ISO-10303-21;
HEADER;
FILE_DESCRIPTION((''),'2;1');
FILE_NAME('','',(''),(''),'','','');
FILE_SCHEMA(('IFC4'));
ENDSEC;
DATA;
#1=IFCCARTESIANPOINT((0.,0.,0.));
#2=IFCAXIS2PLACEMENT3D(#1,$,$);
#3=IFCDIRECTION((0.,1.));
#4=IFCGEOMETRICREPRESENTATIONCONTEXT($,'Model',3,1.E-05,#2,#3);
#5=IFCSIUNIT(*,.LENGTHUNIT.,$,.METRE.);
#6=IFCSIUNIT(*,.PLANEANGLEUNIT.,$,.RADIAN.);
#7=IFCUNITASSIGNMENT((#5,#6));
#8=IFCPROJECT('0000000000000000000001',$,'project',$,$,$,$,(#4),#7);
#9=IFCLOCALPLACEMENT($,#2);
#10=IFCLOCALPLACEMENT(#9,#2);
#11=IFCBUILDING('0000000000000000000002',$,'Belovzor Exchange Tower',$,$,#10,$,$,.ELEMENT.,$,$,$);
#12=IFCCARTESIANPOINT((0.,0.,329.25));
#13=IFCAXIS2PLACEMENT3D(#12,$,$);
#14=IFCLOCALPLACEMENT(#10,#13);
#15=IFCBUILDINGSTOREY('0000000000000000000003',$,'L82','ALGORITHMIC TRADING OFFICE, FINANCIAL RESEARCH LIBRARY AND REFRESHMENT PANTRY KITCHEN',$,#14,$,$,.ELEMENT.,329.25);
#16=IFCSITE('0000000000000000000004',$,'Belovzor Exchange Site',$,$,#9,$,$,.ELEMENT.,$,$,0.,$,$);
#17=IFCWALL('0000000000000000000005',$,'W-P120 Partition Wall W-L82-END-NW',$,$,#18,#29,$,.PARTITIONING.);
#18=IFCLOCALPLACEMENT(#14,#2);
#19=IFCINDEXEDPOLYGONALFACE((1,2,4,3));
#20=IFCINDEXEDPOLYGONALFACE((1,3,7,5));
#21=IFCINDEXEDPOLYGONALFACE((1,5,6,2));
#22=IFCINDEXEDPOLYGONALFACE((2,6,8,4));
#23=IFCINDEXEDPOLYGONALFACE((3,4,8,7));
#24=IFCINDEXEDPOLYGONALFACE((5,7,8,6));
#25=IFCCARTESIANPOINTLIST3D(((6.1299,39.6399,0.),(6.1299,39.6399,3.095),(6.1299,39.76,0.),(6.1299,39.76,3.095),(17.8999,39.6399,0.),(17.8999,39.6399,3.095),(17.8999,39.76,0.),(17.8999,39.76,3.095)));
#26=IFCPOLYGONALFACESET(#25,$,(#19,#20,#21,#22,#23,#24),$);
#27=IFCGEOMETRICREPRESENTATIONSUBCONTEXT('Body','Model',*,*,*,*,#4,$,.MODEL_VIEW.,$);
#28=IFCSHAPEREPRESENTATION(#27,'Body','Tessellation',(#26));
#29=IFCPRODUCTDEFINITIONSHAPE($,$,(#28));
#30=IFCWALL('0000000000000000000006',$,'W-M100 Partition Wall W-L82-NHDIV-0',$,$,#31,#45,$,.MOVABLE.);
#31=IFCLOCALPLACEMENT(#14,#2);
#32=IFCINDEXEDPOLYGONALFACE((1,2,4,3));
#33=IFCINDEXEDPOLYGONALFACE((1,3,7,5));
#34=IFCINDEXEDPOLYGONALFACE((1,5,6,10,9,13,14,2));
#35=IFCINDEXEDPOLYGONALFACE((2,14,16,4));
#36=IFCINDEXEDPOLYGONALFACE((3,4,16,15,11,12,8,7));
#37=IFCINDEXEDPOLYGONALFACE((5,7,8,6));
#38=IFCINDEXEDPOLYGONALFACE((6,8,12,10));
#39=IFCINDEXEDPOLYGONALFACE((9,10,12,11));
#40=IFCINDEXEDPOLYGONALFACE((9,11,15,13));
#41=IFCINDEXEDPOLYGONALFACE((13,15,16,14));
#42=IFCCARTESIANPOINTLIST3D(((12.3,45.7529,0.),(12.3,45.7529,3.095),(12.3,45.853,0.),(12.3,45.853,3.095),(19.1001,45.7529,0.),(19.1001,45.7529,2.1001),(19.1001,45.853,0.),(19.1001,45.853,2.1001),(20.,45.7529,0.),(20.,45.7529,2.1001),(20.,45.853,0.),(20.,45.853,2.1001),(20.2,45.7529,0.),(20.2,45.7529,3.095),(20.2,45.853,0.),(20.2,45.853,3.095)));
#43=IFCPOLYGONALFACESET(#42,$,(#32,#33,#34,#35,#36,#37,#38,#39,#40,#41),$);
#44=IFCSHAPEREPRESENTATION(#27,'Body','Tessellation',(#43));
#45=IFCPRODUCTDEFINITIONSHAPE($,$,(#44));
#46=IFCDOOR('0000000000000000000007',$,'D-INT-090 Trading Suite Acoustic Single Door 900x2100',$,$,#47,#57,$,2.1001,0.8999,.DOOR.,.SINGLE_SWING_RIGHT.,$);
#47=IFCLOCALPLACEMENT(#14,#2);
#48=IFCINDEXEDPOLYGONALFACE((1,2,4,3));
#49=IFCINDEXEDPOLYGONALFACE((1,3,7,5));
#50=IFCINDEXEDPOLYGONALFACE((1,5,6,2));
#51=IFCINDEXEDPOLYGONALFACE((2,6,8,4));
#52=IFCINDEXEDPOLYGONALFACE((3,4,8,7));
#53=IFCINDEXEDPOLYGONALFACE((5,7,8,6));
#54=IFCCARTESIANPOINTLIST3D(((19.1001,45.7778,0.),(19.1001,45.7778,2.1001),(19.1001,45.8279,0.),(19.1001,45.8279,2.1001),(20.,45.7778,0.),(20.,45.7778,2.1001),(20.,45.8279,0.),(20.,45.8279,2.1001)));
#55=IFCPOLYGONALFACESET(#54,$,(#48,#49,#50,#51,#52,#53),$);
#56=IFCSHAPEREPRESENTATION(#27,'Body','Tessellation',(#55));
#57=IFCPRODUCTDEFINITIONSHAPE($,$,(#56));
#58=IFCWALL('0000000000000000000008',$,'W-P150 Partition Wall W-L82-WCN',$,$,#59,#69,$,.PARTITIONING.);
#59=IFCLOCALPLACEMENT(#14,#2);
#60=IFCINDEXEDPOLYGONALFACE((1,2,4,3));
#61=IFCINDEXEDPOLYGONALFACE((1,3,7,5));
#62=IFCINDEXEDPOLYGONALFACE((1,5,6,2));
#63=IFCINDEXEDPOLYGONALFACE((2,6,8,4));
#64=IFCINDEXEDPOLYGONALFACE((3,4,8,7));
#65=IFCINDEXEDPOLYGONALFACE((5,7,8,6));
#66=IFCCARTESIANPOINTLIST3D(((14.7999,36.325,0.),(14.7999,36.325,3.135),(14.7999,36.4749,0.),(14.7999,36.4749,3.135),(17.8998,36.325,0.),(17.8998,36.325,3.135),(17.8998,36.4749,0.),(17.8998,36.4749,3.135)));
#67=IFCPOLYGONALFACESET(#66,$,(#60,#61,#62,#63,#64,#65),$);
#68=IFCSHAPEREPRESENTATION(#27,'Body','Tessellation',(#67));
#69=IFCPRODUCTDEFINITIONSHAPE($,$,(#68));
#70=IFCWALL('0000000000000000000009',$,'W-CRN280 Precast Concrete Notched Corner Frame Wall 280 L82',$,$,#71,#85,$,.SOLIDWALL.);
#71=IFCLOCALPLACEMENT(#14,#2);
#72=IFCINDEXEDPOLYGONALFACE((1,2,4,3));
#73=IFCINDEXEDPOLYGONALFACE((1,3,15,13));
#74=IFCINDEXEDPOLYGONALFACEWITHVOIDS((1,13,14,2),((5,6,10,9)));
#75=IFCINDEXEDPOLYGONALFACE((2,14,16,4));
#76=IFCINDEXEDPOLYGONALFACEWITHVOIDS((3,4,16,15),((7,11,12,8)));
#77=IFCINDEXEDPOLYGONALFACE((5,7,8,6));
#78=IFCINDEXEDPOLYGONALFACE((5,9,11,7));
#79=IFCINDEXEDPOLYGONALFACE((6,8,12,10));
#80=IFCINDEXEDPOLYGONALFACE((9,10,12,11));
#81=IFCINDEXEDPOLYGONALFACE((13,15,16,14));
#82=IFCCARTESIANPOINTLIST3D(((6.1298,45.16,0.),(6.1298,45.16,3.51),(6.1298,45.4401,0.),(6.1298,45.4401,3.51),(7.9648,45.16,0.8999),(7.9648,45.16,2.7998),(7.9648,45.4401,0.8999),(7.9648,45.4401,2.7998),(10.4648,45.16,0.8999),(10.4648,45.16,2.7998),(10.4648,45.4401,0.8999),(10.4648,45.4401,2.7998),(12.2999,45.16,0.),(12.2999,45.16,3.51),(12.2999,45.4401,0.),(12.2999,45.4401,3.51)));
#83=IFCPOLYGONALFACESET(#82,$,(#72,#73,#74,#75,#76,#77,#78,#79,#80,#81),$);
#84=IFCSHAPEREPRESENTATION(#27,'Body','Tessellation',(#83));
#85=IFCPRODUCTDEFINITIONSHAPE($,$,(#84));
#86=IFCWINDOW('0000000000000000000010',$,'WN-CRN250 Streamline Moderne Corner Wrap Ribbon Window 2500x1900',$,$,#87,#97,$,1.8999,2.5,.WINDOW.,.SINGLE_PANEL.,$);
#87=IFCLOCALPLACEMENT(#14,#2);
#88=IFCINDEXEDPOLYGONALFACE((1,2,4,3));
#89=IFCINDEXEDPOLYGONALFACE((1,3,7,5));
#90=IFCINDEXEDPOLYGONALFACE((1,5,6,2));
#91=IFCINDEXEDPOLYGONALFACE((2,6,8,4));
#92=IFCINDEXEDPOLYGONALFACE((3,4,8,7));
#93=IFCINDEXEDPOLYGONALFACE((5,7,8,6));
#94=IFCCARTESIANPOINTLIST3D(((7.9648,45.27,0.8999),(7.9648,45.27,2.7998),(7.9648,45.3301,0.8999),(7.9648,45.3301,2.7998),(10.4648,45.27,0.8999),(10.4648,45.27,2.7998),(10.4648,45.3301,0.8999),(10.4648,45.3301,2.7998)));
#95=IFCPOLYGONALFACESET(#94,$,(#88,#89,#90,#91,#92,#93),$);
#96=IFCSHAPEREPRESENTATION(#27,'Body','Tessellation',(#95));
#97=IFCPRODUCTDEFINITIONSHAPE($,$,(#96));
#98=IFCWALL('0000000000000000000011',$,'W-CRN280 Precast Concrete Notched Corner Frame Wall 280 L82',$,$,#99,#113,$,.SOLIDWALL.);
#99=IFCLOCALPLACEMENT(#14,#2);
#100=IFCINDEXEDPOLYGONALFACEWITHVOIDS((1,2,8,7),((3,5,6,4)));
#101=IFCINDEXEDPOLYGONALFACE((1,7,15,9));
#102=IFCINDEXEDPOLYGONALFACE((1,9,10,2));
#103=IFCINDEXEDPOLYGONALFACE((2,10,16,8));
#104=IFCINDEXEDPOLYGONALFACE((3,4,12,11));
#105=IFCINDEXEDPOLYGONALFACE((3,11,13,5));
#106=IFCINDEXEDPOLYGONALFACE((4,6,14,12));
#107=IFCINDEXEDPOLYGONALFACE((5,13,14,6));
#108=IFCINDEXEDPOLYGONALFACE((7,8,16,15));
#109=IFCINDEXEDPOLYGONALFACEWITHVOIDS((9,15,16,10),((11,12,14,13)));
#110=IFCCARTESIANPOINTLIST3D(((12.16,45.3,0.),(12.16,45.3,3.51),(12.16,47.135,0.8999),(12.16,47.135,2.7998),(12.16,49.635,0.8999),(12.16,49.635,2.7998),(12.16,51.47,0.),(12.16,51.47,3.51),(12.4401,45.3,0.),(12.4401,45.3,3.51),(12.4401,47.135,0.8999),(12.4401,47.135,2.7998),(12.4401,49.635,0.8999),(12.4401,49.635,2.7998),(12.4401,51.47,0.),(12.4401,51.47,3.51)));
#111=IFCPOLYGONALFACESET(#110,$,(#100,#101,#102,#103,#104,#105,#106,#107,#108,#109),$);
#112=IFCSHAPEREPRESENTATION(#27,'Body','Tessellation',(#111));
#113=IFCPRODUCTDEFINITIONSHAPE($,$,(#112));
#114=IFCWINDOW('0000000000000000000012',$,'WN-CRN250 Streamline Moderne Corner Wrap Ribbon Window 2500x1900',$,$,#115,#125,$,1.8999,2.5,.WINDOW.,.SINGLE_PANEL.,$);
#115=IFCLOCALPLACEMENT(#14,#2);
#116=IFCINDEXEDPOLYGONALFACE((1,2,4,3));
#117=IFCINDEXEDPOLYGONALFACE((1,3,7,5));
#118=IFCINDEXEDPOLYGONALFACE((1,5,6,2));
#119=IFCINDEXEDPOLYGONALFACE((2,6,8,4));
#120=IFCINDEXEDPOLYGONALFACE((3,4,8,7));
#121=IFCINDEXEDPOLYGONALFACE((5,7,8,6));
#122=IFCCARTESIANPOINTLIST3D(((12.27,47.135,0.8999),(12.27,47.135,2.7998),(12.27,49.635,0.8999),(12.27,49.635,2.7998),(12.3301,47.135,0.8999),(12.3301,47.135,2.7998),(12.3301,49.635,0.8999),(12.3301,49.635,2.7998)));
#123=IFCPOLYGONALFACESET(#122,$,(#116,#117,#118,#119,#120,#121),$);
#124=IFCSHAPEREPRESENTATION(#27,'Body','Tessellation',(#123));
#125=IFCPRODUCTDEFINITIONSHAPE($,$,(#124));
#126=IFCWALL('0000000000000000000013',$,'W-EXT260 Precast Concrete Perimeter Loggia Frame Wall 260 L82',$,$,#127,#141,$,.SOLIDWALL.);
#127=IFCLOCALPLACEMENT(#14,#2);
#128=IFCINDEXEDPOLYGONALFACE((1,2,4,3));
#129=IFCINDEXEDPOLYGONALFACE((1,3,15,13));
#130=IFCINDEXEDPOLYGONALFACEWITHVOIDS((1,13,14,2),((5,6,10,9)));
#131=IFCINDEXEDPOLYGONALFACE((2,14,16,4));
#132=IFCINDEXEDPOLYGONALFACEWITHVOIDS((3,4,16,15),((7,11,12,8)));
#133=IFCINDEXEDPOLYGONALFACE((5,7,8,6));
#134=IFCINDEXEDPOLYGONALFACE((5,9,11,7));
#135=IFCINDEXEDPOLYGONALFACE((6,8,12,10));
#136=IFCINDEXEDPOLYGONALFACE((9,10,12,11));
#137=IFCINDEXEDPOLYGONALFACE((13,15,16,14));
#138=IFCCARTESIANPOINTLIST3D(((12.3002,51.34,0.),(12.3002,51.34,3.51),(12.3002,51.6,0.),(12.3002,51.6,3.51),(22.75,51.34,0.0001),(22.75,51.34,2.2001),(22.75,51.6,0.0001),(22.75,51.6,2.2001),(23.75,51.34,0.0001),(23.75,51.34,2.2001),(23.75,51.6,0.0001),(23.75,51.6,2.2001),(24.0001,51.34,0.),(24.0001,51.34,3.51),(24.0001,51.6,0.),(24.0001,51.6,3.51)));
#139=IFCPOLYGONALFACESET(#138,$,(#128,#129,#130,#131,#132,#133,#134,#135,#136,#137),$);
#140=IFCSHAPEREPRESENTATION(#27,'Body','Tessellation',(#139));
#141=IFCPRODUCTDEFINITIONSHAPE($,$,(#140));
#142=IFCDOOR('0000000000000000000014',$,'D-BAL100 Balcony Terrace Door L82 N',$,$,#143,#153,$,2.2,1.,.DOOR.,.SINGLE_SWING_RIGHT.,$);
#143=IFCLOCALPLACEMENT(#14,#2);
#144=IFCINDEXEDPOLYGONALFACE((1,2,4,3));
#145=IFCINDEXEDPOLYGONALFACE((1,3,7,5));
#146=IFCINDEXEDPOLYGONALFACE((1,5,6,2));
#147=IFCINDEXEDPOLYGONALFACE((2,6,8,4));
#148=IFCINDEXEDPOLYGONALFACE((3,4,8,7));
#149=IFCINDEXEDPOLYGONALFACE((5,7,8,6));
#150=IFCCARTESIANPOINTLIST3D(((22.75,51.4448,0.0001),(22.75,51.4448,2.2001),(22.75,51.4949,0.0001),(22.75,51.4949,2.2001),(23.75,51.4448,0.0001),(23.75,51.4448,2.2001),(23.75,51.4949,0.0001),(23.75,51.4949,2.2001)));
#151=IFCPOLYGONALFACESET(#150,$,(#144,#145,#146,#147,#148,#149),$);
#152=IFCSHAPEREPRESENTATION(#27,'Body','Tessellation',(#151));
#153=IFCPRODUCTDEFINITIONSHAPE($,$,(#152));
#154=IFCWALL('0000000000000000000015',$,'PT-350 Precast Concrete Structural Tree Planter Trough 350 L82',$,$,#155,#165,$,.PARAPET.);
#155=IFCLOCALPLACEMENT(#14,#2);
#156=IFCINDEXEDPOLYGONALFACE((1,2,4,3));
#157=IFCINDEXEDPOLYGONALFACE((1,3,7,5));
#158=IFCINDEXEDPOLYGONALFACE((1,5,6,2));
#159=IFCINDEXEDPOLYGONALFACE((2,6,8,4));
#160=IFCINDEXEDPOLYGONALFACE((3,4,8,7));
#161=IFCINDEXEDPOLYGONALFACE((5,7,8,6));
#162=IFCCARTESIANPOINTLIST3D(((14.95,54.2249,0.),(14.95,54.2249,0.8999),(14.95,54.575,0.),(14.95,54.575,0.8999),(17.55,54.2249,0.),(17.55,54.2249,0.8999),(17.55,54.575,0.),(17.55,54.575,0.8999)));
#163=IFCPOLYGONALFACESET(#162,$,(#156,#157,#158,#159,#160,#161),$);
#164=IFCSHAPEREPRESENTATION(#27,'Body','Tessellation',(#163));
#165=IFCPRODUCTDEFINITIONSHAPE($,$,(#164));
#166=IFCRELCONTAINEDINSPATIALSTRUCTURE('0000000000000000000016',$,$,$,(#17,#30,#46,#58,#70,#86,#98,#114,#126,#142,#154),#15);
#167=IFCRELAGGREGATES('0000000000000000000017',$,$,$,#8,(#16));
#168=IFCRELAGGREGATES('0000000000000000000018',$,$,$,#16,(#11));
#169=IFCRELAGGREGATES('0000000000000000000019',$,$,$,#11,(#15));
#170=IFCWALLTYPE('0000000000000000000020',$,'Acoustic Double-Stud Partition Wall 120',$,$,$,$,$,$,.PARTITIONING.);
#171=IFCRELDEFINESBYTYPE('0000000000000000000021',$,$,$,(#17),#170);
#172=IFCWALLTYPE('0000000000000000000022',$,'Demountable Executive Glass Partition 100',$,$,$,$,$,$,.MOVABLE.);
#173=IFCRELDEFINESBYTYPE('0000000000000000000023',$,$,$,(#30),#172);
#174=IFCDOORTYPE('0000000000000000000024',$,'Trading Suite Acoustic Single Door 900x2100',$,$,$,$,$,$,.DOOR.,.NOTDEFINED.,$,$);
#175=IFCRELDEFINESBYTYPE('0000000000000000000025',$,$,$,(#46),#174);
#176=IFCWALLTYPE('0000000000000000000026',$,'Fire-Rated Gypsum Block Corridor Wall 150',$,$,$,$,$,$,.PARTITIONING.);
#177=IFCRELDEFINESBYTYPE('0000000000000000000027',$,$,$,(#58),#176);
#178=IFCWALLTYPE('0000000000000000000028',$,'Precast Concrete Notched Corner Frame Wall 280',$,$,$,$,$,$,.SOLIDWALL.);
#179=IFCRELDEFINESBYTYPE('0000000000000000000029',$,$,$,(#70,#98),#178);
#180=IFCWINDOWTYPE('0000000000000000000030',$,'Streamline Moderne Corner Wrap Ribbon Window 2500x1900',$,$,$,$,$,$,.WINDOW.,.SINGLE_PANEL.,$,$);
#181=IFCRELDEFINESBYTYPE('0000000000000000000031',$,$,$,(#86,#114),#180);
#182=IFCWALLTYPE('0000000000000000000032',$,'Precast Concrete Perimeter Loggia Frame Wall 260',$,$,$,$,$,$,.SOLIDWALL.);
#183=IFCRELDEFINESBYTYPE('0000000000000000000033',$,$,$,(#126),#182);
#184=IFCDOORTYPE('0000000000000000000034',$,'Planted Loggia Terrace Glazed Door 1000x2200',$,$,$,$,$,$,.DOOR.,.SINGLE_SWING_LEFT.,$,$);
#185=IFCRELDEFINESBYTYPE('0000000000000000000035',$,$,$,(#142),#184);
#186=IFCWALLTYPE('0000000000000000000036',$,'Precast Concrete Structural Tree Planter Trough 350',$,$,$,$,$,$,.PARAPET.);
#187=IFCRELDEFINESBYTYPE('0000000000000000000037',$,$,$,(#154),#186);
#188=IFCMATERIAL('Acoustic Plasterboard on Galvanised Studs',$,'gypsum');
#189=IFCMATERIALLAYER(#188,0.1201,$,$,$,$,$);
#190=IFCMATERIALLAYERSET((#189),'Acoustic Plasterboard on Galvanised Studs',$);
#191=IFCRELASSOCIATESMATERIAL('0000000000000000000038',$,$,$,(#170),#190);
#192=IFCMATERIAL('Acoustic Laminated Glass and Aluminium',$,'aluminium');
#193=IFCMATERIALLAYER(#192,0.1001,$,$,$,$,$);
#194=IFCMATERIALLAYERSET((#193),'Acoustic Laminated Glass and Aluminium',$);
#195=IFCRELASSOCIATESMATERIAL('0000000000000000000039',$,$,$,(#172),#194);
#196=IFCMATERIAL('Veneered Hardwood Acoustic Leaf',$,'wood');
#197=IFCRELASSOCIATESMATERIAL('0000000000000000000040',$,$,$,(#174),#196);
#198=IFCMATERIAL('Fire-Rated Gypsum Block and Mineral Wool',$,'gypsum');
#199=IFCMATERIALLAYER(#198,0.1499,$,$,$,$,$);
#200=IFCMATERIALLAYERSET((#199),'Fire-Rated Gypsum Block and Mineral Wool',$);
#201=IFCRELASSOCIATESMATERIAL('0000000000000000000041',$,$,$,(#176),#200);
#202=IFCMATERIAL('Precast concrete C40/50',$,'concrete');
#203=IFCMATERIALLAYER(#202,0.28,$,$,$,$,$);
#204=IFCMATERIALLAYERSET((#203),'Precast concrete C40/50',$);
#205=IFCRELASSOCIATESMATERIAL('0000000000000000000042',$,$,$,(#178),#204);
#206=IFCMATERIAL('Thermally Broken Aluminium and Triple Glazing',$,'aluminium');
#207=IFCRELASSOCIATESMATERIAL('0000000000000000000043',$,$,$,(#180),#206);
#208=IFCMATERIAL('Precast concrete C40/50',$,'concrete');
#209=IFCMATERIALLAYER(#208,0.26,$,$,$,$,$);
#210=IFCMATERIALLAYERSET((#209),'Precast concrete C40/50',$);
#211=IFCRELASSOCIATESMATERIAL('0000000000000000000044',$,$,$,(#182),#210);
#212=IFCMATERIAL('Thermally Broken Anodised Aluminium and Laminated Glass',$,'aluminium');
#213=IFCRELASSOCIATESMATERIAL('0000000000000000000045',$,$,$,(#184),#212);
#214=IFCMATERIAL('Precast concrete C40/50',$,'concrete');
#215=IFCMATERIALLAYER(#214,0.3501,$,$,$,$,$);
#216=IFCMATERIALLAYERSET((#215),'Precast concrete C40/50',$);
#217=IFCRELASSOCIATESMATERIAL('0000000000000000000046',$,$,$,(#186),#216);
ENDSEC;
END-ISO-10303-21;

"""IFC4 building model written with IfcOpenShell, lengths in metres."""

from ifc_helpers import new_model, si_unit, direction, frame, frame_2d, origin, place, context, subcontext, project, spatial, rectangle, extrude, material, layer, layer_set, type_object, element, fill, save


model = new_model("IFC4")

# Units and contexts
model_context = context("Model", 3, precision=1e-05, world=origin(), true_north=direction((0.0, 1.0)))
body_context = subcontext(model_context, "Body", "Model", "MODEL_VIEW")
ifc_project = project(units=[si_unit("LENGTHUNIT", "METRE"), si_unit("PLANEANGLEUNIT", "RADIAN")], contexts=[model_context])

# Site, building, storey
site_placement = place(None, origin())
site = spatial("IfcSite", under=ifc_project, at=site_placement, Name="Belovzor Exchange Site", CompositionType="ELEMENT", RefElevation=0.0)
building_placement = place(site_placement, origin())
building = spatial("IfcBuilding", under=site, at=building_placement, Name="Belovzor Exchange Tower", CompositionType="ELEMENT")
storey_placement = place(building_placement, frame((0.0, 0.0, 329.25)))
storey = spatial("IfcBuildingStorey", under=building, at=storey_placement, Name="L82", Description="ALGORITHMIC TRADING OFFICE, FINANCIAL RESEARCH LIBRARY AND REFRESHMENT PANTRY KITCHEN", CompositionType="ELEMENT", Elevation=329.25)

# Wall
ifc_material_1 = material(Name="Acoustic Plasterboard on Galvanised Studs", Category="gypsum")
ifc_layer_1 = layer(ifc_material_1, 0.1201)
ifc_layer_set_1 = layer_set([ifc_layer_1], Name="Acoustic Plasterboard on Galvanised Studs")
wall_type_1 = type_object("IfcWallType", Name="Acoustic Double-Stud Partition Wall 120", PredefinedType="PARTITIONING", material=ifc_layer_set_1)
wall_1_placement = place(storey_placement, frame((6.1299, 39.7, 0.0), z_axis=(0.0, 0.0, 1.0), x_axis=(1.0, 0.0, 0.0)))
element("IfcWall", 1, at=wall_1_placement, inside=storey, type_object=wall_type_1, Name="W-P120 Partition Wall W-L82-END-NW", PredefinedType="PARTITIONING", context=body_context, shape_type="SweptSolid", body=[
    extrude(rectangle(XDim=11.77, YDim=0.1201, at=frame_2d((5.885, 0.0))), origin(), (0.0, 0.0, 1.0), 3.095),
])

# Wall, opening, door
ifc_material_2 = material(Name="Acoustic Laminated Glass and Aluminium", Category="aluminium")
ifc_layer_2 = layer(ifc_material_2, 0.1001)
ifc_layer_set_2 = layer_set([ifc_layer_2], Name="Acoustic Laminated Glass and Aluminium")
wall_type_2 = type_object("IfcWallType", Name="Demountable Executive Glass Partition 100", PredefinedType="MOVABLE", material=ifc_layer_set_2)
wall_2_placement = place(storey_placement, frame((12.3, 45.803, 0.0), z_axis=(0.0, 0.0, 1.0), x_axis=(1.0, 0.0, 0.0)))
wall_2 = element("IfcWall", 2, at=wall_2_placement, inside=storey, type_object=wall_type_2, Name="W-M100 Partition Wall W-L82-NHDIV-0", PredefinedType="MOVABLE", context=body_context, shape_type="SweptSolid", body=[
    extrude(rectangle(XDim=7.8999, YDim=0.1001, at=frame_2d((3.95, 0.0))), origin(), (0.0, 0.0, 1.0), 3.095),
])
opening_1_placement = place(wall_2_placement, frame((6.8, 0.0, 0.0)))
opening_1 = element("IfcOpeningElement", 3, at=opening_1_placement, cuts=wall_2, PredefinedType="OPENING", context=body_context, shape_type="SweptSolid", body=[
    extrude(rectangle(XDim=0.8999, YDim=2.1001, at=frame_2d((0.45, 1.05))), frame((0.0, 0.0601, 0.0), z_axis=(0.0, -1.0, 0.0), x_axis=(1.0, 0.0, 0.0)), (0.0, 0.0, 1.0), 0.1201),
])
ifc_material_3 = material(Name="Veneered Hardwood Acoustic Leaf", Category="wood")
door_type_1 = type_object("IfcDoorType", Name="Trading Suite Acoustic Single Door 900x2100", OperationType="NOTDEFINED", PredefinedType="DOOR", material=ifc_material_3)
door_1_placement = place(opening_1_placement, origin())
door_1 = element("IfcDoor", 4, at=door_1_placement, inside=storey, type_object=door_type_1, Name="D-INT-090 Trading Suite Acoustic Single Door 900x2100", OperationType="SINGLE_SWING_RIGHT", OverallHeight=2.1001, OverallWidth=0.8999, PredefinedType="DOOR", context=body_context, shape_type="SweptSolid", body=[
    extrude(rectangle(XDim=0.8999, YDim=2.1001, at=frame_2d((0.45, 1.05))), frame((0.0, 0.0249, 0.0), z_axis=(0.0, -1.0, 0.0), x_axis=(1.0, 0.0, 0.0)), (0.0, 0.0, 1.0), 0.05),
])
fill(opening_1, door_1)

# Wall
ifc_material_4 = material(Name="Fire-Rated Gypsum Block and Mineral Wool", Category="gypsum")
ifc_layer_3 = layer(ifc_material_4, 0.1499)
ifc_layer_set_3 = layer_set([ifc_layer_3], Name="Fire-Rated Gypsum Block and Mineral Wool")
wall_type_3 = type_object("IfcWallType", Name="Fire-Rated Gypsum Block Corridor Wall 150", PredefinedType="PARTITIONING", material=ifc_layer_set_3)
wall_3_placement = place(storey_placement, frame((14.8, 36.3999, 0.0), z_axis=(0.0, 0.0, 1.0), x_axis=(1.0, 0.0, 0.0)))
element("IfcWall", 5, at=wall_3_placement, inside=storey, type_object=wall_type_3, Name="W-P150 Partition Wall W-L82-WCN", PredefinedType="PARTITIONING", context=body_context, shape_type="SweptSolid", body=[
    extrude(rectangle(XDim=3.0999, YDim=0.1499, at=frame_2d((1.5498, 0.0))), origin(), (0.0, 0.0, 1.0), 3.135),
])

# Walls, openings, windows
ifc_material_5 = material(Name="Precast concrete C40/50", Category="concrete")
ifc_layer_4 = layer(ifc_material_5, 0.28)
ifc_layer_set_4 = layer_set([ifc_layer_4], Name="Precast concrete C40/50")
wall_type_4 = type_object("IfcWallType", Name="Precast Concrete Notched Corner Frame Wall 280", PredefinedType="SOLIDWALL", material=ifc_layer_set_4)
wall_4_placement = place(storey_placement, frame((6.1299, 45.3, 0.0), z_axis=(0.0, 0.0, 1.0), x_axis=(1.0, 0.0, 0.0)))
wall_4 = element("IfcWall", 6, at=wall_4_placement, inside=storey, type_object=wall_type_4, Name="W-CRN280 Precast Concrete Notched Corner Frame Wall 280 L82", PredefinedType="SOLIDWALL", context=body_context, shape_type="SweptSolid", body=[
    extrude(rectangle(XDim=6.1702, YDim=0.28, at=frame_2d((3.085, 0.0))), origin(), (0.0, 0.0, 1.0), 3.51),
])
opening_2_placement = place(wall_4_placement, frame((1.835, 0.0, 0.8999)))
opening_2 = element("IfcOpeningElement", 7, at=opening_2_placement, cuts=wall_4, PredefinedType="OPENING", context=body_context, shape_type="SweptSolid", body=[
    extrude(rectangle(XDim=2.5, YDim=1.8999, at=frame_2d((1.25, 0.95))), frame((0.0, 0.1499, 0.0), z_axis=(0.0, -1.0, 0.0), x_axis=(1.0, 0.0, 0.0)), (0.0, 0.0, 1.0), 0.3),
])
ifc_material_6 = material(Name="Thermally Broken Aluminium and Triple Glazing", Category="aluminium")
window_type = type_object("IfcWindowType", Name="Streamline Moderne Corner Wrap Ribbon Window 2500x1900", PartitioningType="SINGLE_PANEL", PredefinedType="WINDOW", material=ifc_material_6)
window_1_placement = place(opening_2_placement, origin())
window_1 = element("IfcWindow", 8, at=window_1_placement, inside=storey, type_object=window_type, Name="WN-CRN250 Streamline Moderne Corner Wrap Ribbon Window 2500x1900", OverallHeight=1.8999, OverallWidth=2.5, PartitioningType="SINGLE_PANEL", PredefinedType="WINDOW", context=body_context, shape_type="SweptSolid", body=[
    extrude(rectangle(XDim=2.5, YDim=1.8999, at=frame_2d((1.25, 0.95))), frame((0.0, 0.03, 0.0), z_axis=(0.0, -1.0, 0.0), x_axis=(1.0, 0.0, 0.0)), (0.0, 0.0, 1.0), 0.0601),
])
fill(opening_2, window_1)
wall_5_placement = place(storey_placement, frame((12.3, 45.3, 0.0), z_axis=(0.0, 0.0, 1.0), x_axis=(0.0, 1.0, 0.0)))
wall_5 = element("IfcWall", 9, at=wall_5_placement, inside=storey, type_object=wall_type_4, Name="W-CRN280 Precast Concrete Notched Corner Frame Wall 280 L82", PredefinedType="SOLIDWALL", context=body_context, shape_type="SweptSolid", body=[
    extrude(rectangle(XDim=6.1699, YDim=0.28, at=frame_2d((3.085, 0.0))), origin(), (0.0, 0.0, 1.0), 3.51),
])
opening_3_placement = place(wall_5_placement, frame((1.835, 0.0, 0.8999)))
opening_3 = element("IfcOpeningElement", 10, at=opening_3_placement, cuts=wall_5, PredefinedType="OPENING", context=body_context, shape_type="SweptSolid", body=[
    extrude(rectangle(XDim=2.5, YDim=1.8999, at=frame_2d((1.25, 0.95))), frame((0.0, 0.1499, 0.0), z_axis=(0.0, -1.0, 0.0), x_axis=(1.0, 0.0, 0.0)), (0.0, 0.0, 1.0), 0.3),
])
window_2_placement = place(opening_3_placement, origin())
window_2 = element("IfcWindow", 11, at=window_2_placement, inside=storey, type_object=window_type, Name="WN-CRN250 Streamline Moderne Corner Wrap Ribbon Window 2500x1900", OverallHeight=1.8999, OverallWidth=2.5, PartitioningType="SINGLE_PANEL", PredefinedType="WINDOW", context=body_context, shape_type="SweptSolid", body=[
    extrude(rectangle(XDim=2.5, YDim=1.8999, at=frame_2d((1.25, 0.95))), frame((0.0, 0.03, 0.0), z_axis=(0.0, -1.0, 0.0), x_axis=(1.0, 0.0, 0.0)), (0.0, 0.0, 1.0), 0.0601),
])
fill(opening_3, window_2)

# Wall, opening, door
ifc_material_7 = material(Name="Precast concrete C40/50", Category="concrete")
ifc_layer_5 = layer(ifc_material_7, 0.26)
ifc_layer_set_5 = layer_set([ifc_layer_5], Name="Precast concrete C40/50")
wall_type_5 = type_object("IfcWallType", Name="Precast Concrete Perimeter Loggia Frame Wall 260", PredefinedType="SOLIDWALL", material=ifc_layer_set_5)
wall_6_placement = place(storey_placement, frame((12.3, 51.47, 0.0), z_axis=(0.0, 0.0, 1.0), x_axis=(1.0, 0.0, 0.0)))
wall_6 = element("IfcWall", 12, at=wall_6_placement, inside=storey, type_object=wall_type_5, Name="W-EXT260 Precast Concrete Perimeter Loggia Frame Wall 260 L82", PredefinedType="SOLIDWALL", context=body_context, shape_type="SweptSolid", body=[
    extrude(rectangle(XDim=11.7, YDim=0.26, at=frame_2d((5.8501, 0.0))), origin(), (0.0, 0.0, 1.0), 3.51),
])
opening_4_placement = place(wall_6_placement, frame((10.45, 0.0, 0.0)))
opening_4 = element("IfcOpeningElement", 13, at=opening_4_placement, cuts=wall_6, PredefinedType="OPENING", context=body_context, shape_type="SweptSolid", body=[
    extrude(rectangle(XDim=1.0, YDim=2.2, at=frame_2d((0.5, 1.1001))), frame((0.0, 0.1399, 0.0), z_axis=(0.0, -1.0, 0.0), x_axis=(1.0, 0.0, 0.0)), (0.0, 0.0, 1.0), 0.28),
])
ifc_material_8 = material(Name="Thermally Broken Anodised Aluminium and Laminated Glass", Category="aluminium")
door_type_2 = type_object("IfcDoorType", Name="Planted Loggia Terrace Glazed Door 1000x2200", OperationType="SINGLE_SWING_LEFT", PredefinedType="DOOR", material=ifc_material_8)
door_2_placement = place(opening_4_placement, origin())
door_2 = element("IfcDoor", 14, at=door_2_placement, inside=storey, type_object=door_type_2, Name="D-BAL100 Balcony Terrace Door L82 N", OperationType="SINGLE_SWING_RIGHT", OverallHeight=2.2, OverallWidth=1.0, PredefinedType="DOOR", context=body_context, shape_type="SweptSolid", body=[
    extrude(rectangle(XDim=1.0, YDim=2.2, at=frame_2d((0.5, 1.1001))), frame((0.0, 0.0249, 0.0), z_axis=(0.0, -1.0, 0.0), x_axis=(1.0, 0.0, 0.0)), (0.0, 0.0, 1.0), 0.05),
])
fill(opening_4, door_2)

# Wall
ifc_material_9 = material(Name="Precast concrete C40/50", Category="concrete")
ifc_layer_6 = layer(ifc_material_9, 0.3501)
ifc_layer_set_6 = layer_set([ifc_layer_6], Name="Precast concrete C40/50")
wall_type_6 = type_object("IfcWallType", Name="Precast Concrete Structural Tree Planter Trough 350", PredefinedType="PARAPET", material=ifc_layer_set_6)
wall_7_placement = place(storey_placement, frame((14.95, 54.3999, 0.0), z_axis=(0.0, 0.0, 1.0), x_axis=(1.0, 0.0, 0.0)))
element("IfcWall", 15, at=wall_7_placement, inside=storey, type_object=wall_type_6, Name="PT-350 Precast Concrete Structural Tree Planter Trough 350 L82", PredefinedType="PARAPET", context=body_context, shape_type="SweptSolid", body=[
    extrude(rectangle(XDim=2.6001, YDim=0.3501, at=frame_2d((1.3, 0.0))), origin(), (0.0, 0.0, 1.0), 0.8999),
])

save(model, "model.ifc")
